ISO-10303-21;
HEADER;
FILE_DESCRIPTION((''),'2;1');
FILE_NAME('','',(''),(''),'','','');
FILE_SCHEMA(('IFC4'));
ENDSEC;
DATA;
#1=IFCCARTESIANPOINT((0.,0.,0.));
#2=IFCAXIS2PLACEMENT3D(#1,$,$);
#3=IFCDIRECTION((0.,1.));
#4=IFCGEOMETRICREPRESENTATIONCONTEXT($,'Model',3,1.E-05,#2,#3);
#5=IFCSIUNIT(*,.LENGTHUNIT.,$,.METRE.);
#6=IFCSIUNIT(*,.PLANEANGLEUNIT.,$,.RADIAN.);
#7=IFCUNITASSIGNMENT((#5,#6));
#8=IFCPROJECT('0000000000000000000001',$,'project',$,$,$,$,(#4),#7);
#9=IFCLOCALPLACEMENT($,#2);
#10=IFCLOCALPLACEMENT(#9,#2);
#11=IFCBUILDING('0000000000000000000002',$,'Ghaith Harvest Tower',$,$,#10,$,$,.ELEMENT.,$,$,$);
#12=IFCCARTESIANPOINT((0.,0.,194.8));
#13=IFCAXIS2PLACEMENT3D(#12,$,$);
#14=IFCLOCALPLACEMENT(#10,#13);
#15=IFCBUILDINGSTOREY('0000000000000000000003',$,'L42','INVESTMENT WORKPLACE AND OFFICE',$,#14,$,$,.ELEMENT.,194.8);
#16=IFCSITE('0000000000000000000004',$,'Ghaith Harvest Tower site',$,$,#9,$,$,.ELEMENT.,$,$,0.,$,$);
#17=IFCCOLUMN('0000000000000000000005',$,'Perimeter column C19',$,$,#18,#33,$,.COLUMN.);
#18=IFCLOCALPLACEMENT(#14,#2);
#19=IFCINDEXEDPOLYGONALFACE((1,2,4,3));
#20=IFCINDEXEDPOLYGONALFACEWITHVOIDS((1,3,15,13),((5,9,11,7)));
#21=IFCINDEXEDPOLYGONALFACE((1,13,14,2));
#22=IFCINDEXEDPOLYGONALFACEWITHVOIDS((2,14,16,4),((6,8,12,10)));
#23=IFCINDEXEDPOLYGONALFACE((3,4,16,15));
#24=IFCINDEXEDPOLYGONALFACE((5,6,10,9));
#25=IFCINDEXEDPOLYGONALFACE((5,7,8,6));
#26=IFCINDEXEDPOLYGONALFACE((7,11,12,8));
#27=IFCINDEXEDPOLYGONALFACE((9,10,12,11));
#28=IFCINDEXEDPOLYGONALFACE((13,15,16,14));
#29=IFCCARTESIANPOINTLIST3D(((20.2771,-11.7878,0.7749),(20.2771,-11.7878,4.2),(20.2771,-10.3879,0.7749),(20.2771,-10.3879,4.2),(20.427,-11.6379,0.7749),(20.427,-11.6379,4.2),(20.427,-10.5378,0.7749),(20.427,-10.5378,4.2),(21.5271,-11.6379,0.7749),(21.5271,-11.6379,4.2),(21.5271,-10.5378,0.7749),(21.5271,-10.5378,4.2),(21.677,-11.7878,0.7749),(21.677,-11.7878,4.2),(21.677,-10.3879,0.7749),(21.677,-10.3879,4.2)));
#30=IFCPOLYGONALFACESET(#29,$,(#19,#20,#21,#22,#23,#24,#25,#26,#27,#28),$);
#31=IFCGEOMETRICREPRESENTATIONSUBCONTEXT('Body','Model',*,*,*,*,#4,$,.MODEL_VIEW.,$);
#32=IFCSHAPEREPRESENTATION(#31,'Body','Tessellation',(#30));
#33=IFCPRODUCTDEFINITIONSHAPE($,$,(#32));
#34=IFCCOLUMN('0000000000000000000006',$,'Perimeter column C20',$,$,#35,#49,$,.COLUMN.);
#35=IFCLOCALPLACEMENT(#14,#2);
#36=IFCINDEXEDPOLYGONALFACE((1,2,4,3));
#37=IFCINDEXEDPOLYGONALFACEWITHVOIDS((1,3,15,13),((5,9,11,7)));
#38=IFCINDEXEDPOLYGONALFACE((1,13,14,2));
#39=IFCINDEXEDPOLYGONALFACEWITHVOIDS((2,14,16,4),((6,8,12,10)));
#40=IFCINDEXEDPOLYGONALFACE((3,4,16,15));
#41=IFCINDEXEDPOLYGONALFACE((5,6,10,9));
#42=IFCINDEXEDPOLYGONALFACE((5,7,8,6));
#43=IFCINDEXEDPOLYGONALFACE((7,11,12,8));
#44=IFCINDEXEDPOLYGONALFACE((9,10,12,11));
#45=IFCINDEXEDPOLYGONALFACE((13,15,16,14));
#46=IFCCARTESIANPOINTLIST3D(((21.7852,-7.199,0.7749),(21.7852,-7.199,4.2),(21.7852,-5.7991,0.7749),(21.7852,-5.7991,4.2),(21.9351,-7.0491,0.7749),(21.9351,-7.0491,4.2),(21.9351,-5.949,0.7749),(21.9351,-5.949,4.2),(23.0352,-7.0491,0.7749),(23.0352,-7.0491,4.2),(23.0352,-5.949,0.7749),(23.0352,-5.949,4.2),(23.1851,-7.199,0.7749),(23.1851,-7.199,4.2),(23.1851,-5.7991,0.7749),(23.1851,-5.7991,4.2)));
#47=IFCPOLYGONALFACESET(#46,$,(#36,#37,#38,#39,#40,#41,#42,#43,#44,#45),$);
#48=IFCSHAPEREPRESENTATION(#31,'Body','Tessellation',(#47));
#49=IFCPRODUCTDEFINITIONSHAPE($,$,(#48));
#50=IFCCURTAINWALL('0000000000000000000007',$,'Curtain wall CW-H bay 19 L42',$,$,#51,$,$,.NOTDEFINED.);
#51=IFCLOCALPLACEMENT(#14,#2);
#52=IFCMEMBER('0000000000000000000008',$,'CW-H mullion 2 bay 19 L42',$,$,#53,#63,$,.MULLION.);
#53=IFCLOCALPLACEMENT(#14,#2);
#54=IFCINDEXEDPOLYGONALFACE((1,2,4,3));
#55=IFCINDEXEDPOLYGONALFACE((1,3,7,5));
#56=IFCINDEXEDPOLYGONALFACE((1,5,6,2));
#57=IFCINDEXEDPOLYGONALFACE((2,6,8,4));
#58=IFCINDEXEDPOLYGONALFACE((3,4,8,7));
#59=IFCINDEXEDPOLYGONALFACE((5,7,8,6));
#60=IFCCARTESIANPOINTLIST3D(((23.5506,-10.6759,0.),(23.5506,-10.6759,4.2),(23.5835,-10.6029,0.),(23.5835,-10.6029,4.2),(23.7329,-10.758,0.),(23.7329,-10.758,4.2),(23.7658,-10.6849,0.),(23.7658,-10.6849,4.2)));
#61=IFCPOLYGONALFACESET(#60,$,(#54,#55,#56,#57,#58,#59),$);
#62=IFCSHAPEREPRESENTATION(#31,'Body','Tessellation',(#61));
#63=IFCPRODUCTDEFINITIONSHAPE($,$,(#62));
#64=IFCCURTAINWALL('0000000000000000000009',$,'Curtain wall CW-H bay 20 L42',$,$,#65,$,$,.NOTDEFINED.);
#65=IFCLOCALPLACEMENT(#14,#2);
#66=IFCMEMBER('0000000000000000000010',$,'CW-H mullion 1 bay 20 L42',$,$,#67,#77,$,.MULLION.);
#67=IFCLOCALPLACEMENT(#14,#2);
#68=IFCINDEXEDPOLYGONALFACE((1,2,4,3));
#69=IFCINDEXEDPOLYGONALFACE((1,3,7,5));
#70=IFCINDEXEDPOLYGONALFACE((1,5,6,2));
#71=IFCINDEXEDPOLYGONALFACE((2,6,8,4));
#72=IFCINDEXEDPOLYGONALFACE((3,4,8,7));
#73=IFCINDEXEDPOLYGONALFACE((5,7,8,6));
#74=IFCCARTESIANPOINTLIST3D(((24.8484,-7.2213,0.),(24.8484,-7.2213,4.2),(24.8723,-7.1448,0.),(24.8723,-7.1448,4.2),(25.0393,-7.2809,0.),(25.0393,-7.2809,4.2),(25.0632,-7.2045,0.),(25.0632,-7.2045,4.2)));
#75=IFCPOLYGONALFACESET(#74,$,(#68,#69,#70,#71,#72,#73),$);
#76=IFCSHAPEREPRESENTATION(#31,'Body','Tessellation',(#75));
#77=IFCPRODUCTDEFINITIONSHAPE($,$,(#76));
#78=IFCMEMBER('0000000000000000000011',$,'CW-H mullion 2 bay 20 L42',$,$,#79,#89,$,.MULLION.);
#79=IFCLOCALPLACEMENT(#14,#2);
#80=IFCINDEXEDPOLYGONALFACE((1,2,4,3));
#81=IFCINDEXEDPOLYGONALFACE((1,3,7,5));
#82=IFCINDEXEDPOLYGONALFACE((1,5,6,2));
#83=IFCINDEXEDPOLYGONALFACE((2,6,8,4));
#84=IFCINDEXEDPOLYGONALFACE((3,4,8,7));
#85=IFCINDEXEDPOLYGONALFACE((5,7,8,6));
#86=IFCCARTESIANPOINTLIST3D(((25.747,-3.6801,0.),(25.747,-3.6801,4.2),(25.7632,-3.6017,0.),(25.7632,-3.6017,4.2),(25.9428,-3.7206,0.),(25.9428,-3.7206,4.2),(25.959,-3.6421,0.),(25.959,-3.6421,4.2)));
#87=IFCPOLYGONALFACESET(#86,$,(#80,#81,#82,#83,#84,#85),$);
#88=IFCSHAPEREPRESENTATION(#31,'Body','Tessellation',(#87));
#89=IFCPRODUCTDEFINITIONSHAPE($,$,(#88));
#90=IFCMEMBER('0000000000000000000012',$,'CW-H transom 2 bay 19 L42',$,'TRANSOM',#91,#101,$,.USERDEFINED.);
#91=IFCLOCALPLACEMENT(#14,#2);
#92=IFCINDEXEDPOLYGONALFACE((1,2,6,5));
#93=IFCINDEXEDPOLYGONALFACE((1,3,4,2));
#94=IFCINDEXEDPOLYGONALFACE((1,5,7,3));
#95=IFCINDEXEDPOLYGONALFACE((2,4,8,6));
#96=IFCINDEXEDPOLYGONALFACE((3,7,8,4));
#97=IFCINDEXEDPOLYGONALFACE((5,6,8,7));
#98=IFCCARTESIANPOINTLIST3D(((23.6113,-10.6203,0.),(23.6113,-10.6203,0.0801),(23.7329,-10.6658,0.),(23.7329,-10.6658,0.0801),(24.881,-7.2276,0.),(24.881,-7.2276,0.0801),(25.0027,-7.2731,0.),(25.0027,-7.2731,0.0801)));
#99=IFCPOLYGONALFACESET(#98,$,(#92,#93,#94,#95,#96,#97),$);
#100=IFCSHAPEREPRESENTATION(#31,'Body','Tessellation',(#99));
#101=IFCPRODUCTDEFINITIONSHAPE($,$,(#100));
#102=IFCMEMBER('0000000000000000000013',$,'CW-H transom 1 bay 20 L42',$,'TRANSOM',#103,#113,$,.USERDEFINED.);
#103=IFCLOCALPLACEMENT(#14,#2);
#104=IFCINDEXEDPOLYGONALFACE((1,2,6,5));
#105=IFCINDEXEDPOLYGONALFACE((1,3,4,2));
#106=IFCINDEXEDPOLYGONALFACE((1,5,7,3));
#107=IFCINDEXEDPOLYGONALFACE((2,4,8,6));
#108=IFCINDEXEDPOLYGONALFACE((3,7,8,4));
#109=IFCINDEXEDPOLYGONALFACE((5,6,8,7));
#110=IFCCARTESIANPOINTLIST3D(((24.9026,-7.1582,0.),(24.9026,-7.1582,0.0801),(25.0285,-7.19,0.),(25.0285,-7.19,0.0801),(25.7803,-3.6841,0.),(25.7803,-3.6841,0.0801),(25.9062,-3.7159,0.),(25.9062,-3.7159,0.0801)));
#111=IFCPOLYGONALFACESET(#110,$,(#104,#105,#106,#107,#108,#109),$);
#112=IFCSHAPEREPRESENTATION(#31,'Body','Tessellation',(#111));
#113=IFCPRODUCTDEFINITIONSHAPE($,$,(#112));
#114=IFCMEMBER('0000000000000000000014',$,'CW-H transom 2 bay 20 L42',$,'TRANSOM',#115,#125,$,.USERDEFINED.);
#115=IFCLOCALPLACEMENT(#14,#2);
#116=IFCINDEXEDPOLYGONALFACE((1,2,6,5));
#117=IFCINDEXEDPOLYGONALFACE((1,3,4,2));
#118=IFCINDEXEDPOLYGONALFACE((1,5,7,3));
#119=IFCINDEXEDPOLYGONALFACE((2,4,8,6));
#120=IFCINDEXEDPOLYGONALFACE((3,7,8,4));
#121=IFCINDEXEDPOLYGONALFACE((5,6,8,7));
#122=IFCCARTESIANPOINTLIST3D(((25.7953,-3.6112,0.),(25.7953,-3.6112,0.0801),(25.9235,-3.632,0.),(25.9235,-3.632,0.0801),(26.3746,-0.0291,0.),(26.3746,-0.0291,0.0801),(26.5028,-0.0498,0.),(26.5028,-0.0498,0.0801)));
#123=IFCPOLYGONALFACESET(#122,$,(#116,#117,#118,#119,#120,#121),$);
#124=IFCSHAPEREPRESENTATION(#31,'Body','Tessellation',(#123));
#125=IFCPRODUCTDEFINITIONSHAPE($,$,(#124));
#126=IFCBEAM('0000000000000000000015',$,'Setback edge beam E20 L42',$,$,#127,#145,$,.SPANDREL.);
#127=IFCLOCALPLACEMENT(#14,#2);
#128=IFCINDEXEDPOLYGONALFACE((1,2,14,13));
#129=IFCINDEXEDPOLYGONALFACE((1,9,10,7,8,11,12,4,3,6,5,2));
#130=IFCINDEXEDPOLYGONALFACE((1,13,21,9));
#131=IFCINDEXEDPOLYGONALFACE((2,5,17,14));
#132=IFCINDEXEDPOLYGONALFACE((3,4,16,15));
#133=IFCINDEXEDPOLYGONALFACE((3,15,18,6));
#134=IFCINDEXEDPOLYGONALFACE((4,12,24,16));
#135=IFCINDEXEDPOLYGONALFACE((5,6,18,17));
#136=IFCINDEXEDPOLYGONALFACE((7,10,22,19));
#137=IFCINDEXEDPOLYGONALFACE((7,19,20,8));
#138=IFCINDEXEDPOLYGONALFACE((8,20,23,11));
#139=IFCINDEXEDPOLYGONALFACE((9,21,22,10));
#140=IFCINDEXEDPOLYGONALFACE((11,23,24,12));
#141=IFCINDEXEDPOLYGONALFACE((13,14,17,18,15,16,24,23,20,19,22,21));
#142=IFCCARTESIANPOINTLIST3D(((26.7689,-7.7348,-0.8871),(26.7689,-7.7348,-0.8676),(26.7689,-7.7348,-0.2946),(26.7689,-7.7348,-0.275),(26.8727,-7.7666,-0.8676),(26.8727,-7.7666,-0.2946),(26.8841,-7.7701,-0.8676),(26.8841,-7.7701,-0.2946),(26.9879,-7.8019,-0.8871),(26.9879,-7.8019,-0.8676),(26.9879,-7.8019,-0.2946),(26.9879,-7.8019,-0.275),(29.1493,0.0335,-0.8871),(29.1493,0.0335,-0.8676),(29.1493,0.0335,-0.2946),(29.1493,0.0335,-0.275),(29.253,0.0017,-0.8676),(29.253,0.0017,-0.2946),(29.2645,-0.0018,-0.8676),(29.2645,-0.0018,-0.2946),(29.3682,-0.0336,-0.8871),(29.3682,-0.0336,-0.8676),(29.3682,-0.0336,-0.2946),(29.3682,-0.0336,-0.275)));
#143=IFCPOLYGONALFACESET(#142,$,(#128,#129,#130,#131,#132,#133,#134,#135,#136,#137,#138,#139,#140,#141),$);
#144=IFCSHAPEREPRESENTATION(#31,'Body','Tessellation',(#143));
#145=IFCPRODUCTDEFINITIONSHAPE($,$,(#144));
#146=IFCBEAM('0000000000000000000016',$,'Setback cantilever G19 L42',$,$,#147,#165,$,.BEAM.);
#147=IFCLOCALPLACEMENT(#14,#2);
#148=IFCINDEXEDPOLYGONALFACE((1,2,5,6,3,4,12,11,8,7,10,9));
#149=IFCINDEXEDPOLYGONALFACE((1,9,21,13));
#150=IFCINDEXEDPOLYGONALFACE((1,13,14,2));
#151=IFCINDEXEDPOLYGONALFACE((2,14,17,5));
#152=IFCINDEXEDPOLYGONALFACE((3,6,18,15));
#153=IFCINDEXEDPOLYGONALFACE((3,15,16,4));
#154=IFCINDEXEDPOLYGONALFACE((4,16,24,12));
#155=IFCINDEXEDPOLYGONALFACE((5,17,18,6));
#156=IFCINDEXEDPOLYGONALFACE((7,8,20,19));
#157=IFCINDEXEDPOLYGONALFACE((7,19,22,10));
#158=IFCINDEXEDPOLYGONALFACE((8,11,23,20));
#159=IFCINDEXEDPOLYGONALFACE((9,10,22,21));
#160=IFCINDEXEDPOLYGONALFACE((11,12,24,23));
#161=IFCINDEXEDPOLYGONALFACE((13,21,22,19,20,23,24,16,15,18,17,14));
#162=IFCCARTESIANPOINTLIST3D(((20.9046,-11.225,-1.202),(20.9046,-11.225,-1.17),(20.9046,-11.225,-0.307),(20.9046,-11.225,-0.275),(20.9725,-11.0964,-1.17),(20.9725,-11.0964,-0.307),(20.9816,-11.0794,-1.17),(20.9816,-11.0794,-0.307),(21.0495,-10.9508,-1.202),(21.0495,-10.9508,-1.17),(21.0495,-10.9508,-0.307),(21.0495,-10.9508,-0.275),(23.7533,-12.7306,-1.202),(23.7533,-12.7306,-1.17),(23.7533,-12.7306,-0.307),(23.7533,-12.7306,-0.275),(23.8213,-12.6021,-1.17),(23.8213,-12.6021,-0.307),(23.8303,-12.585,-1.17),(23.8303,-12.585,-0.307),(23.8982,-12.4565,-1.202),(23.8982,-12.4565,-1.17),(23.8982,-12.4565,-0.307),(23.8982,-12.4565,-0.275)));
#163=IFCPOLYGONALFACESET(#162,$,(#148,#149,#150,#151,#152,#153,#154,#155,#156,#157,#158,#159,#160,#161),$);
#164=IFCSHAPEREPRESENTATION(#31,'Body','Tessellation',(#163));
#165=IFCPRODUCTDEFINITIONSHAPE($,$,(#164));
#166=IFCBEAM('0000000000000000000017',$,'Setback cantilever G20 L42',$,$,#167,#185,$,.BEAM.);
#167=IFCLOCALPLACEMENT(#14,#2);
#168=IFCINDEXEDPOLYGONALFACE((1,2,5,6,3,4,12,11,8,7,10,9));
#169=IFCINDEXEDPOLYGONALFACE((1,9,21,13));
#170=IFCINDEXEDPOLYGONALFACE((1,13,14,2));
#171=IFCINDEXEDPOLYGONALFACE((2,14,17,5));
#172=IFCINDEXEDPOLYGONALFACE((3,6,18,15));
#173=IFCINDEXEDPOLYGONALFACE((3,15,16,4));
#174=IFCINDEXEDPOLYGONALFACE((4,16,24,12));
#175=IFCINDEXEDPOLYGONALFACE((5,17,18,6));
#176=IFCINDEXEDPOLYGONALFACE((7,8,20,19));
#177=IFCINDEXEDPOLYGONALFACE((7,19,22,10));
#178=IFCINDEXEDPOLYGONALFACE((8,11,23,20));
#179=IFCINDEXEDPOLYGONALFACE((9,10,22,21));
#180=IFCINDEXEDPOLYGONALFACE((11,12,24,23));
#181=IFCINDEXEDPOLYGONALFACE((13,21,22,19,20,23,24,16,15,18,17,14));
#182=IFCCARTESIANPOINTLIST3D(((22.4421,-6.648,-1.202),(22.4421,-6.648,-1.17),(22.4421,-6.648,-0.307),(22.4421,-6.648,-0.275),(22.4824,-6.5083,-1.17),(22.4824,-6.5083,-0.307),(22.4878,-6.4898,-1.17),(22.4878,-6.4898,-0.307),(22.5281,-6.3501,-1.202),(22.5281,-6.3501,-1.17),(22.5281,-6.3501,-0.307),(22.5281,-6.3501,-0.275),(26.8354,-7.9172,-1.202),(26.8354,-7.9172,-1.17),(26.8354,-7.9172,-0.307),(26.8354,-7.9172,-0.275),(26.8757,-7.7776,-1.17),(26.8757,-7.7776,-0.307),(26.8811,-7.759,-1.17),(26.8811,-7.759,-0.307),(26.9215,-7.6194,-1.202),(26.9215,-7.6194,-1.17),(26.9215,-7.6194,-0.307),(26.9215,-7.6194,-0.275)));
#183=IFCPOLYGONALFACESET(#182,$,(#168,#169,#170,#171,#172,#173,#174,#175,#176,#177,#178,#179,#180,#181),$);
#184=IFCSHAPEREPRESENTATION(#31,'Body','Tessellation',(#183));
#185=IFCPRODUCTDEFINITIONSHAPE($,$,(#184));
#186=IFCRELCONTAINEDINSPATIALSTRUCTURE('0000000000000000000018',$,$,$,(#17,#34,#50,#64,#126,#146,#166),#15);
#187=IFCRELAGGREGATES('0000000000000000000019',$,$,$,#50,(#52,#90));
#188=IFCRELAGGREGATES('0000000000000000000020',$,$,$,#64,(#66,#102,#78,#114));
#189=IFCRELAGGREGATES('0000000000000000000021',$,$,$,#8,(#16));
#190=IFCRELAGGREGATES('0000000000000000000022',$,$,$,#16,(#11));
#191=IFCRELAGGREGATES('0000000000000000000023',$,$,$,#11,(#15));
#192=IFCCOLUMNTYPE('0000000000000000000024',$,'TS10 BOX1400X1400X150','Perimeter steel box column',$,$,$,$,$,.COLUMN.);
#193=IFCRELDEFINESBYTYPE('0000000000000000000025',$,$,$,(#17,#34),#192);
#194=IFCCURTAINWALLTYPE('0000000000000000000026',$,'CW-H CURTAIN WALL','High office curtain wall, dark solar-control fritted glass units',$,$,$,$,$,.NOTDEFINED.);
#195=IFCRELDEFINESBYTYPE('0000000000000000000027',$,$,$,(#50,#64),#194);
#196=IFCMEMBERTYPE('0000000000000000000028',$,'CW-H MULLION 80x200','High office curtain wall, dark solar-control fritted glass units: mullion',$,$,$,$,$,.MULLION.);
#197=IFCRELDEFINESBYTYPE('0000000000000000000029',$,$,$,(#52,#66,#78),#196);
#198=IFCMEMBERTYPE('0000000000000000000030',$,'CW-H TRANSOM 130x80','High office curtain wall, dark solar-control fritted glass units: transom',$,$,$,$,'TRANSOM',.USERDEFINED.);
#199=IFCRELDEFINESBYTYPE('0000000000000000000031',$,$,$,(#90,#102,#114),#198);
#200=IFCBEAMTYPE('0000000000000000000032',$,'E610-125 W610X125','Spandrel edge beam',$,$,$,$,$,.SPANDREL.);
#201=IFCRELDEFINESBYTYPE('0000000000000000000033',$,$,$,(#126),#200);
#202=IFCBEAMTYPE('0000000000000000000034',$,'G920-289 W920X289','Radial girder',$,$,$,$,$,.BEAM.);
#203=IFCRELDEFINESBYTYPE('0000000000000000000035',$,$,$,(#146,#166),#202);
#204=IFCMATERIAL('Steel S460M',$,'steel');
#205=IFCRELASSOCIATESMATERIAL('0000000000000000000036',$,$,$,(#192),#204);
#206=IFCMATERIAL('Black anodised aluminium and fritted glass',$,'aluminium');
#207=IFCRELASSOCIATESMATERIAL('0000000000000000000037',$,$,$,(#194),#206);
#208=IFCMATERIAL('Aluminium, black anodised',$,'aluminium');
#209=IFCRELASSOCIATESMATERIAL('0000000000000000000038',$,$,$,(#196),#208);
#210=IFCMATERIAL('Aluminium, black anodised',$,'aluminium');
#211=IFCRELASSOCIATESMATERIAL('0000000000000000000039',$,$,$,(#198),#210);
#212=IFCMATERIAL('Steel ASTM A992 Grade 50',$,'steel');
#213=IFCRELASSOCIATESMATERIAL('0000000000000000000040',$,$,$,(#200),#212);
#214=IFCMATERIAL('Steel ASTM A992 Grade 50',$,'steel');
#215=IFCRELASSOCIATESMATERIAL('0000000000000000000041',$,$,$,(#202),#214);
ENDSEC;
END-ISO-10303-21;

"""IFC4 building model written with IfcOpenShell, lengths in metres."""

from ifc_helpers import new_model, si_unit, direction, frame, origin, origin_2d, place, context, subcontext, project, spatial, rectangle, hollow_rectangle, i_section, extrude, material, material_profile, profile_set, type_object, element, aggregate, save


model = new_model("IFC4")

# Units and contexts
model_context = context("Model", 3, precision=1e-05, world=origin(), true_north=direction((0.0, 1.0)))
body_context = subcontext(model_context, "Body", "Model", "MODEL_VIEW")
ifc_project = project(units=[si_unit("LENGTHUNIT", "METRE"), si_unit("PLANEANGLEUNIT", "RADIAN")], contexts=[model_context])

# Site, building, storey
site_placement = place(None, origin())
site = spatial("IfcSite", under=ifc_project, at=site_placement, Name="Ghaith Harvest Tower site", CompositionType="ELEMENT", RefElevation=0.0)
building_placement = place(site_placement, origin())
building = spatial("IfcBuilding", under=site, at=building_placement, Name="Ghaith Harvest Tower", CompositionType="ELEMENT")
storey_placement = place(building_placement, frame((0.0, 0.0, 194.8)))
storey = spatial("IfcBuildingStorey", under=building, at=storey_placement, Name="L42", Description="INVESTMENT WORKPLACE AND OFFICE", CompositionType="ELEMENT", Elevation=194.8)

# Columns
ifc_material_1 = material(Name="Steel S460M", Category="steel")
ifc_material_profile_1 = material_profile(ifc_material_1, hollow_rectangle(XDim=1.3999, YDim=1.3999, WallThickness=0.1499, at=origin_2d()), Name="BOX1400X1400X150")
ifc_profile_set_1 = profile_set([ifc_material_profile_1], Name="Steel S460M")
column_type = type_object("IfcColumnType", Name="TS10 BOX1400X1400X150", Description="Perimeter steel box column", PredefinedType="COLUMN", material=ifc_profile_set_1)
for number, where, z_axis, x_axis, name in (
    (1, (20.9771, -11.0879, 0.7749), (0.0, 0.0, 1.0), (1.0, 0.0, 0.0), "Perimeter column C19"),
    (2, (22.4851, -6.499, 0.7749), (0.0, 0.0, 1.0), (1.0, 0.0, 0.0), "Perimeter column C20"),
):
    element("IfcColumn", number, at=place(storey_placement, frame(where, z_axis=z_axis, x_axis=x_axis)), inside=storey, type_object=column_type, Name=name, PredefinedType="COLUMN", context=body_context, shape_type="SweptSolid", body=[
        extrude(hollow_rectangle(XDim=1.3999, YDim=1.3999, WallThickness=0.1499, at=origin_2d()), origin(), (0.0, 0.0, 1.0), 3.425),
    ])

# Curtain wall, member
ifc_material_2 = material(Name="Black anodised aluminium and fritted glass", Category="aluminium")
curtain_wall_type = type_object("IfcCurtainWallType", Name="CW-H CURTAIN WALL", Description="High office curtain wall, dark solar-control fritted glass units", PredefinedType="NOTDEFINED", material=ifc_material_2)
curtain_wall_1_placement = place(storey_placement, origin())
curtain_wall_1 = element("IfcCurtainWall", 3, at=curtain_wall_1_placement, inside=storey, type_object=curtain_wall_type, Name="Curtain wall CW-H bay 19 L42", PredefinedType="NOTDEFINED")
ifc_material_3 = material(Name="Aluminium, black anodised", Category="aluminium")
ifc_material_profile_2 = material_profile(ifc_material_3, rectangle(XDim=0.0801, YDim=0.2, at=origin_2d()), Name="CW-H MULLION 80x200")
ifc_profile_set_2 = profile_set([ifc_material_profile_2], Name="Aluminium, black anodised")
member_type_1 = type_object("IfcMemberType", Name="CW-H MULLION 80x200", Description="High office curtain wall, dark solar-control fritted glass units: mullion", PredefinedType="MULLION", material=ifc_profile_set_2)
member_1_placement = place(storey_placement, frame((23.6582, -10.6804, 0.0), z_axis=(0.0, 0.0, 1.0), x_axis=(0.41043, 0.911892, 0.0)))
member_1 = element("IfcMember", 4, at=member_1_placement, type_object=member_type_1, Name="CW-H mullion 2 bay 19 L42", PredefinedType="MULLION", context=body_context, shape_type="SweptSolid", body=[
    extrude(rectangle(XDim=0.0801, YDim=0.2, at=origin_2d()), origin(), (0.0, 0.0, 1.0), 4.2),
])

# Curtain wall, members
curtain_wall_2_placement = place(storey_placement, origin())
curtain_wall_2 = element("IfcCurtainWall", 5, at=curtain_wall_2_placement, inside=storey, type_object=curtain_wall_type, Name="Curtain wall CW-H bay 20 L42", PredefinedType="NOTDEFINED")
member_2_placement = place(storey_placement, frame((24.9558, -7.2129, 0.0), z_axis=(0.0, 0.0, 1.0), x_axis=(0.298442, 0.954428, 0.0)))
member_2 = element("IfcMember", 6, at=member_2_placement, type_object=member_type_1, Name="CW-H mullion 1 bay 20 L42", PredefinedType="MULLION", context=body_context, shape_type="SweptSolid", body=[
    extrude(rectangle(XDim=0.0801, YDim=0.2, at=origin_2d()), origin(), (0.0, 0.0, 1.0), 4.2),
])
member_3_placement = place(storey_placement, frame((25.853, -3.6611, 0.0), z_axis=(0.0, 0.0, 1.0), x_axis=(0.202192, 0.979346, 0.0)))
member_3 = element("IfcMember", 7, at=member_3_placement, type_object=member_type_1, Name="CW-H mullion 2 bay 20 L42", PredefinedType="MULLION", context=body_context, shape_type="SweptSolid", body=[
    extrude(rectangle(XDim=0.0801, YDim=0.2, at=origin_2d()), origin(), (0.0, 0.0, 1.0), 4.2),
])

# Members
ifc_material_4 = material(Name="Aluminium, black anodised", Category="aluminium")
ifc_material_profile_3 = material_profile(ifc_material_4, rectangle(XDim=0.1299, YDim=0.0801, at=origin_2d()), Name="CW-H TRANSOM 130x80")
ifc_profile_set_3 = profile_set([ifc_material_profile_3], Name="Aluminium, black anodised")
member_type_2 = type_object("IfcMemberType", Name="CW-H TRANSOM 130x80", Description="High office curtain wall, dark solar-control fritted glass units: transom", ElementType="TRANSOM", PredefinedType="USERDEFINED", material=ifc_profile_set_3)
member_4_placement = place(storey_placement, frame((23.6721, -10.6431, 0.04), z_axis=(0.35051, 0.936559, 0.0), x_axis=(-0.936559, 0.35051, 0.0)))
member_4 = element("IfcMember", 8, at=member_4_placement, type_object=member_type_2, Name="CW-H transom 2 bay 19 L42", ObjectType="TRANSOM", PredefinedType="USERDEFINED", context=body_context, shape_type="SweptSolid", body=[
    extrude(rectangle(XDim=0.1299, YDim=0.0801, at=origin_2d()), origin(), (0.0, 0.0, 1.0), 3.6226),
])
member_5_placement = place(storey_placement, frame((24.9656, -7.1741, 0.04), z_axis=(0.24494, 0.969538, 0.0), x_axis=(-0.969538, 0.24494, 0.0)))
member_5 = element("IfcMember", 9, at=member_5_placement, type_object=member_type_2, Name="CW-H transom 1 bay 20 L42", ObjectType="TRANSOM", PredefinedType="USERDEFINED", context=body_context, shape_type="SweptSolid", body=[
    extrude(rectangle(XDim=0.1299, YDim=0.0801, at=origin_2d()), origin(), (0.0, 0.0, 1.0), 3.5833),
])
member_6_placement = place(storey_placement, frame((25.8594, -3.6216, 0.04), z_axis=(0.159662, 0.987172, 0.0), x_axis=(-0.987172, 0.159662, 0.0)))
member_6 = element("IfcMember", 10, at=member_6_placement, type_object=member_type_2, Name="CW-H transom 2 bay 20 L42", ObjectType="TRANSOM", PredefinedType="USERDEFINED", context=body_context, shape_type="SweptSolid", body=[
    extrude(rectangle(XDim=0.1299, YDim=0.0801, at=origin_2d()), origin(), (0.0, 0.0, 1.0), 3.6287),
])

# Beams
ifc_material_5 = material(Name="Steel ASTM A992 Grade 50", Category="steel")
ifc_material_profile_4 = material_profile(ifc_material_5, i_section(OverallWidth=0.229, OverallDepth=0.6121, WebThickness=0.012, FlangeThickness=0.0195, at=origin_2d()), Name="W610X125")
ifc_profile_set_4 = profile_set([ifc_material_profile_4], Name="Steel ASTM A992 Grade 50")
beam_type_1 = type_object("IfcBeamType", Name="E610-125 W610X125", Description="Spandrel edge beam", PredefinedType="SPANDREL", material=ifc_profile_set_4)
beam_1_placement = place(storey_placement, frame((26.8784, -7.7683, -0.5811), z_axis=(0.292975, 0.95612, 0.0), x_axis=(-0.95612, 0.292975, 0.0)))
element("IfcBeam", 11, at=beam_1_placement, inside=storey, type_object=beam_type_1, Name="Setback edge beam E20 L42", PredefinedType="SPANDREL", context=body_context, shape_type="SweptSolid", body=[
    extrude(i_section(OverallWidth=0.229, OverallDepth=0.6121, WebThickness=0.012, FlangeThickness=0.0195, at=origin_2d()), origin(), (0.0, 0.0, 1.0), 8.1248),
])
ifc_material_6 = material(Name="Steel ASTM A992 Grade 50", Category="steel")
ifc_material_profile_5 = material_profile(ifc_material_6, i_section(OverallWidth=0.3101, OverallDepth=0.927, WebThickness=0.0193, FlangeThickness=0.032, at=origin_2d()), Name="W920X289")
ifc_profile_set_5 = profile_set([ifc_material_profile_5], Name="Steel ASTM A992 Grade 50")
beam_type_2 = type_object("IfcBeamType", Name="G920-289 W920X289", Description="Radial girder", PredefinedType="BEAM", material=ifc_profile_set_5)
beam_2_placement = place(storey_placement, frame((20.9771, -11.0879, -0.7385), z_axis=(0.884107, -0.467285, 0.0), x_axis=(0.467285, 0.884107, 0.0)))
element("IfcBeam", 12, at=beam_2_placement, inside=storey, type_object=beam_type_2, Name="Setback cantilever G19 L42", PredefinedType="BEAM", context=body_context, shape_type="SweptSolid", body=[
    extrude(i_section(OverallWidth=0.3101, OverallDepth=0.927, WebThickness=0.0193, FlangeThickness=0.032, at=origin_2d()), origin(), (0.0, 0.0, 1.0), 3.2222),
])
beam_3_placement = place(storey_placement, frame((22.4851, -6.499, -0.7385), z_axis=(0.960708, -0.277562, 0.0), x_axis=(0.277562, 0.960708, 0.0)))
element("IfcBeam", 13, at=beam_3_placement, inside=storey, type_object=beam_type_2, Name="Setback cantilever G20 L42", PredefinedType="BEAM", context=body_context, shape_type="SweptSolid", body=[
    extrude(i_section(OverallWidth=0.3101, OverallDepth=0.927, WebThickness=0.0193, FlangeThickness=0.032, at=origin_2d()), origin(), (0.0, 0.0, 1.0), 4.573),
])

aggregate(curtain_wall_1, [member_1, member_4])
aggregate(curtain_wall_2, [member_2, member_5, member_3, member_6])

save(model, "model.ifc")
